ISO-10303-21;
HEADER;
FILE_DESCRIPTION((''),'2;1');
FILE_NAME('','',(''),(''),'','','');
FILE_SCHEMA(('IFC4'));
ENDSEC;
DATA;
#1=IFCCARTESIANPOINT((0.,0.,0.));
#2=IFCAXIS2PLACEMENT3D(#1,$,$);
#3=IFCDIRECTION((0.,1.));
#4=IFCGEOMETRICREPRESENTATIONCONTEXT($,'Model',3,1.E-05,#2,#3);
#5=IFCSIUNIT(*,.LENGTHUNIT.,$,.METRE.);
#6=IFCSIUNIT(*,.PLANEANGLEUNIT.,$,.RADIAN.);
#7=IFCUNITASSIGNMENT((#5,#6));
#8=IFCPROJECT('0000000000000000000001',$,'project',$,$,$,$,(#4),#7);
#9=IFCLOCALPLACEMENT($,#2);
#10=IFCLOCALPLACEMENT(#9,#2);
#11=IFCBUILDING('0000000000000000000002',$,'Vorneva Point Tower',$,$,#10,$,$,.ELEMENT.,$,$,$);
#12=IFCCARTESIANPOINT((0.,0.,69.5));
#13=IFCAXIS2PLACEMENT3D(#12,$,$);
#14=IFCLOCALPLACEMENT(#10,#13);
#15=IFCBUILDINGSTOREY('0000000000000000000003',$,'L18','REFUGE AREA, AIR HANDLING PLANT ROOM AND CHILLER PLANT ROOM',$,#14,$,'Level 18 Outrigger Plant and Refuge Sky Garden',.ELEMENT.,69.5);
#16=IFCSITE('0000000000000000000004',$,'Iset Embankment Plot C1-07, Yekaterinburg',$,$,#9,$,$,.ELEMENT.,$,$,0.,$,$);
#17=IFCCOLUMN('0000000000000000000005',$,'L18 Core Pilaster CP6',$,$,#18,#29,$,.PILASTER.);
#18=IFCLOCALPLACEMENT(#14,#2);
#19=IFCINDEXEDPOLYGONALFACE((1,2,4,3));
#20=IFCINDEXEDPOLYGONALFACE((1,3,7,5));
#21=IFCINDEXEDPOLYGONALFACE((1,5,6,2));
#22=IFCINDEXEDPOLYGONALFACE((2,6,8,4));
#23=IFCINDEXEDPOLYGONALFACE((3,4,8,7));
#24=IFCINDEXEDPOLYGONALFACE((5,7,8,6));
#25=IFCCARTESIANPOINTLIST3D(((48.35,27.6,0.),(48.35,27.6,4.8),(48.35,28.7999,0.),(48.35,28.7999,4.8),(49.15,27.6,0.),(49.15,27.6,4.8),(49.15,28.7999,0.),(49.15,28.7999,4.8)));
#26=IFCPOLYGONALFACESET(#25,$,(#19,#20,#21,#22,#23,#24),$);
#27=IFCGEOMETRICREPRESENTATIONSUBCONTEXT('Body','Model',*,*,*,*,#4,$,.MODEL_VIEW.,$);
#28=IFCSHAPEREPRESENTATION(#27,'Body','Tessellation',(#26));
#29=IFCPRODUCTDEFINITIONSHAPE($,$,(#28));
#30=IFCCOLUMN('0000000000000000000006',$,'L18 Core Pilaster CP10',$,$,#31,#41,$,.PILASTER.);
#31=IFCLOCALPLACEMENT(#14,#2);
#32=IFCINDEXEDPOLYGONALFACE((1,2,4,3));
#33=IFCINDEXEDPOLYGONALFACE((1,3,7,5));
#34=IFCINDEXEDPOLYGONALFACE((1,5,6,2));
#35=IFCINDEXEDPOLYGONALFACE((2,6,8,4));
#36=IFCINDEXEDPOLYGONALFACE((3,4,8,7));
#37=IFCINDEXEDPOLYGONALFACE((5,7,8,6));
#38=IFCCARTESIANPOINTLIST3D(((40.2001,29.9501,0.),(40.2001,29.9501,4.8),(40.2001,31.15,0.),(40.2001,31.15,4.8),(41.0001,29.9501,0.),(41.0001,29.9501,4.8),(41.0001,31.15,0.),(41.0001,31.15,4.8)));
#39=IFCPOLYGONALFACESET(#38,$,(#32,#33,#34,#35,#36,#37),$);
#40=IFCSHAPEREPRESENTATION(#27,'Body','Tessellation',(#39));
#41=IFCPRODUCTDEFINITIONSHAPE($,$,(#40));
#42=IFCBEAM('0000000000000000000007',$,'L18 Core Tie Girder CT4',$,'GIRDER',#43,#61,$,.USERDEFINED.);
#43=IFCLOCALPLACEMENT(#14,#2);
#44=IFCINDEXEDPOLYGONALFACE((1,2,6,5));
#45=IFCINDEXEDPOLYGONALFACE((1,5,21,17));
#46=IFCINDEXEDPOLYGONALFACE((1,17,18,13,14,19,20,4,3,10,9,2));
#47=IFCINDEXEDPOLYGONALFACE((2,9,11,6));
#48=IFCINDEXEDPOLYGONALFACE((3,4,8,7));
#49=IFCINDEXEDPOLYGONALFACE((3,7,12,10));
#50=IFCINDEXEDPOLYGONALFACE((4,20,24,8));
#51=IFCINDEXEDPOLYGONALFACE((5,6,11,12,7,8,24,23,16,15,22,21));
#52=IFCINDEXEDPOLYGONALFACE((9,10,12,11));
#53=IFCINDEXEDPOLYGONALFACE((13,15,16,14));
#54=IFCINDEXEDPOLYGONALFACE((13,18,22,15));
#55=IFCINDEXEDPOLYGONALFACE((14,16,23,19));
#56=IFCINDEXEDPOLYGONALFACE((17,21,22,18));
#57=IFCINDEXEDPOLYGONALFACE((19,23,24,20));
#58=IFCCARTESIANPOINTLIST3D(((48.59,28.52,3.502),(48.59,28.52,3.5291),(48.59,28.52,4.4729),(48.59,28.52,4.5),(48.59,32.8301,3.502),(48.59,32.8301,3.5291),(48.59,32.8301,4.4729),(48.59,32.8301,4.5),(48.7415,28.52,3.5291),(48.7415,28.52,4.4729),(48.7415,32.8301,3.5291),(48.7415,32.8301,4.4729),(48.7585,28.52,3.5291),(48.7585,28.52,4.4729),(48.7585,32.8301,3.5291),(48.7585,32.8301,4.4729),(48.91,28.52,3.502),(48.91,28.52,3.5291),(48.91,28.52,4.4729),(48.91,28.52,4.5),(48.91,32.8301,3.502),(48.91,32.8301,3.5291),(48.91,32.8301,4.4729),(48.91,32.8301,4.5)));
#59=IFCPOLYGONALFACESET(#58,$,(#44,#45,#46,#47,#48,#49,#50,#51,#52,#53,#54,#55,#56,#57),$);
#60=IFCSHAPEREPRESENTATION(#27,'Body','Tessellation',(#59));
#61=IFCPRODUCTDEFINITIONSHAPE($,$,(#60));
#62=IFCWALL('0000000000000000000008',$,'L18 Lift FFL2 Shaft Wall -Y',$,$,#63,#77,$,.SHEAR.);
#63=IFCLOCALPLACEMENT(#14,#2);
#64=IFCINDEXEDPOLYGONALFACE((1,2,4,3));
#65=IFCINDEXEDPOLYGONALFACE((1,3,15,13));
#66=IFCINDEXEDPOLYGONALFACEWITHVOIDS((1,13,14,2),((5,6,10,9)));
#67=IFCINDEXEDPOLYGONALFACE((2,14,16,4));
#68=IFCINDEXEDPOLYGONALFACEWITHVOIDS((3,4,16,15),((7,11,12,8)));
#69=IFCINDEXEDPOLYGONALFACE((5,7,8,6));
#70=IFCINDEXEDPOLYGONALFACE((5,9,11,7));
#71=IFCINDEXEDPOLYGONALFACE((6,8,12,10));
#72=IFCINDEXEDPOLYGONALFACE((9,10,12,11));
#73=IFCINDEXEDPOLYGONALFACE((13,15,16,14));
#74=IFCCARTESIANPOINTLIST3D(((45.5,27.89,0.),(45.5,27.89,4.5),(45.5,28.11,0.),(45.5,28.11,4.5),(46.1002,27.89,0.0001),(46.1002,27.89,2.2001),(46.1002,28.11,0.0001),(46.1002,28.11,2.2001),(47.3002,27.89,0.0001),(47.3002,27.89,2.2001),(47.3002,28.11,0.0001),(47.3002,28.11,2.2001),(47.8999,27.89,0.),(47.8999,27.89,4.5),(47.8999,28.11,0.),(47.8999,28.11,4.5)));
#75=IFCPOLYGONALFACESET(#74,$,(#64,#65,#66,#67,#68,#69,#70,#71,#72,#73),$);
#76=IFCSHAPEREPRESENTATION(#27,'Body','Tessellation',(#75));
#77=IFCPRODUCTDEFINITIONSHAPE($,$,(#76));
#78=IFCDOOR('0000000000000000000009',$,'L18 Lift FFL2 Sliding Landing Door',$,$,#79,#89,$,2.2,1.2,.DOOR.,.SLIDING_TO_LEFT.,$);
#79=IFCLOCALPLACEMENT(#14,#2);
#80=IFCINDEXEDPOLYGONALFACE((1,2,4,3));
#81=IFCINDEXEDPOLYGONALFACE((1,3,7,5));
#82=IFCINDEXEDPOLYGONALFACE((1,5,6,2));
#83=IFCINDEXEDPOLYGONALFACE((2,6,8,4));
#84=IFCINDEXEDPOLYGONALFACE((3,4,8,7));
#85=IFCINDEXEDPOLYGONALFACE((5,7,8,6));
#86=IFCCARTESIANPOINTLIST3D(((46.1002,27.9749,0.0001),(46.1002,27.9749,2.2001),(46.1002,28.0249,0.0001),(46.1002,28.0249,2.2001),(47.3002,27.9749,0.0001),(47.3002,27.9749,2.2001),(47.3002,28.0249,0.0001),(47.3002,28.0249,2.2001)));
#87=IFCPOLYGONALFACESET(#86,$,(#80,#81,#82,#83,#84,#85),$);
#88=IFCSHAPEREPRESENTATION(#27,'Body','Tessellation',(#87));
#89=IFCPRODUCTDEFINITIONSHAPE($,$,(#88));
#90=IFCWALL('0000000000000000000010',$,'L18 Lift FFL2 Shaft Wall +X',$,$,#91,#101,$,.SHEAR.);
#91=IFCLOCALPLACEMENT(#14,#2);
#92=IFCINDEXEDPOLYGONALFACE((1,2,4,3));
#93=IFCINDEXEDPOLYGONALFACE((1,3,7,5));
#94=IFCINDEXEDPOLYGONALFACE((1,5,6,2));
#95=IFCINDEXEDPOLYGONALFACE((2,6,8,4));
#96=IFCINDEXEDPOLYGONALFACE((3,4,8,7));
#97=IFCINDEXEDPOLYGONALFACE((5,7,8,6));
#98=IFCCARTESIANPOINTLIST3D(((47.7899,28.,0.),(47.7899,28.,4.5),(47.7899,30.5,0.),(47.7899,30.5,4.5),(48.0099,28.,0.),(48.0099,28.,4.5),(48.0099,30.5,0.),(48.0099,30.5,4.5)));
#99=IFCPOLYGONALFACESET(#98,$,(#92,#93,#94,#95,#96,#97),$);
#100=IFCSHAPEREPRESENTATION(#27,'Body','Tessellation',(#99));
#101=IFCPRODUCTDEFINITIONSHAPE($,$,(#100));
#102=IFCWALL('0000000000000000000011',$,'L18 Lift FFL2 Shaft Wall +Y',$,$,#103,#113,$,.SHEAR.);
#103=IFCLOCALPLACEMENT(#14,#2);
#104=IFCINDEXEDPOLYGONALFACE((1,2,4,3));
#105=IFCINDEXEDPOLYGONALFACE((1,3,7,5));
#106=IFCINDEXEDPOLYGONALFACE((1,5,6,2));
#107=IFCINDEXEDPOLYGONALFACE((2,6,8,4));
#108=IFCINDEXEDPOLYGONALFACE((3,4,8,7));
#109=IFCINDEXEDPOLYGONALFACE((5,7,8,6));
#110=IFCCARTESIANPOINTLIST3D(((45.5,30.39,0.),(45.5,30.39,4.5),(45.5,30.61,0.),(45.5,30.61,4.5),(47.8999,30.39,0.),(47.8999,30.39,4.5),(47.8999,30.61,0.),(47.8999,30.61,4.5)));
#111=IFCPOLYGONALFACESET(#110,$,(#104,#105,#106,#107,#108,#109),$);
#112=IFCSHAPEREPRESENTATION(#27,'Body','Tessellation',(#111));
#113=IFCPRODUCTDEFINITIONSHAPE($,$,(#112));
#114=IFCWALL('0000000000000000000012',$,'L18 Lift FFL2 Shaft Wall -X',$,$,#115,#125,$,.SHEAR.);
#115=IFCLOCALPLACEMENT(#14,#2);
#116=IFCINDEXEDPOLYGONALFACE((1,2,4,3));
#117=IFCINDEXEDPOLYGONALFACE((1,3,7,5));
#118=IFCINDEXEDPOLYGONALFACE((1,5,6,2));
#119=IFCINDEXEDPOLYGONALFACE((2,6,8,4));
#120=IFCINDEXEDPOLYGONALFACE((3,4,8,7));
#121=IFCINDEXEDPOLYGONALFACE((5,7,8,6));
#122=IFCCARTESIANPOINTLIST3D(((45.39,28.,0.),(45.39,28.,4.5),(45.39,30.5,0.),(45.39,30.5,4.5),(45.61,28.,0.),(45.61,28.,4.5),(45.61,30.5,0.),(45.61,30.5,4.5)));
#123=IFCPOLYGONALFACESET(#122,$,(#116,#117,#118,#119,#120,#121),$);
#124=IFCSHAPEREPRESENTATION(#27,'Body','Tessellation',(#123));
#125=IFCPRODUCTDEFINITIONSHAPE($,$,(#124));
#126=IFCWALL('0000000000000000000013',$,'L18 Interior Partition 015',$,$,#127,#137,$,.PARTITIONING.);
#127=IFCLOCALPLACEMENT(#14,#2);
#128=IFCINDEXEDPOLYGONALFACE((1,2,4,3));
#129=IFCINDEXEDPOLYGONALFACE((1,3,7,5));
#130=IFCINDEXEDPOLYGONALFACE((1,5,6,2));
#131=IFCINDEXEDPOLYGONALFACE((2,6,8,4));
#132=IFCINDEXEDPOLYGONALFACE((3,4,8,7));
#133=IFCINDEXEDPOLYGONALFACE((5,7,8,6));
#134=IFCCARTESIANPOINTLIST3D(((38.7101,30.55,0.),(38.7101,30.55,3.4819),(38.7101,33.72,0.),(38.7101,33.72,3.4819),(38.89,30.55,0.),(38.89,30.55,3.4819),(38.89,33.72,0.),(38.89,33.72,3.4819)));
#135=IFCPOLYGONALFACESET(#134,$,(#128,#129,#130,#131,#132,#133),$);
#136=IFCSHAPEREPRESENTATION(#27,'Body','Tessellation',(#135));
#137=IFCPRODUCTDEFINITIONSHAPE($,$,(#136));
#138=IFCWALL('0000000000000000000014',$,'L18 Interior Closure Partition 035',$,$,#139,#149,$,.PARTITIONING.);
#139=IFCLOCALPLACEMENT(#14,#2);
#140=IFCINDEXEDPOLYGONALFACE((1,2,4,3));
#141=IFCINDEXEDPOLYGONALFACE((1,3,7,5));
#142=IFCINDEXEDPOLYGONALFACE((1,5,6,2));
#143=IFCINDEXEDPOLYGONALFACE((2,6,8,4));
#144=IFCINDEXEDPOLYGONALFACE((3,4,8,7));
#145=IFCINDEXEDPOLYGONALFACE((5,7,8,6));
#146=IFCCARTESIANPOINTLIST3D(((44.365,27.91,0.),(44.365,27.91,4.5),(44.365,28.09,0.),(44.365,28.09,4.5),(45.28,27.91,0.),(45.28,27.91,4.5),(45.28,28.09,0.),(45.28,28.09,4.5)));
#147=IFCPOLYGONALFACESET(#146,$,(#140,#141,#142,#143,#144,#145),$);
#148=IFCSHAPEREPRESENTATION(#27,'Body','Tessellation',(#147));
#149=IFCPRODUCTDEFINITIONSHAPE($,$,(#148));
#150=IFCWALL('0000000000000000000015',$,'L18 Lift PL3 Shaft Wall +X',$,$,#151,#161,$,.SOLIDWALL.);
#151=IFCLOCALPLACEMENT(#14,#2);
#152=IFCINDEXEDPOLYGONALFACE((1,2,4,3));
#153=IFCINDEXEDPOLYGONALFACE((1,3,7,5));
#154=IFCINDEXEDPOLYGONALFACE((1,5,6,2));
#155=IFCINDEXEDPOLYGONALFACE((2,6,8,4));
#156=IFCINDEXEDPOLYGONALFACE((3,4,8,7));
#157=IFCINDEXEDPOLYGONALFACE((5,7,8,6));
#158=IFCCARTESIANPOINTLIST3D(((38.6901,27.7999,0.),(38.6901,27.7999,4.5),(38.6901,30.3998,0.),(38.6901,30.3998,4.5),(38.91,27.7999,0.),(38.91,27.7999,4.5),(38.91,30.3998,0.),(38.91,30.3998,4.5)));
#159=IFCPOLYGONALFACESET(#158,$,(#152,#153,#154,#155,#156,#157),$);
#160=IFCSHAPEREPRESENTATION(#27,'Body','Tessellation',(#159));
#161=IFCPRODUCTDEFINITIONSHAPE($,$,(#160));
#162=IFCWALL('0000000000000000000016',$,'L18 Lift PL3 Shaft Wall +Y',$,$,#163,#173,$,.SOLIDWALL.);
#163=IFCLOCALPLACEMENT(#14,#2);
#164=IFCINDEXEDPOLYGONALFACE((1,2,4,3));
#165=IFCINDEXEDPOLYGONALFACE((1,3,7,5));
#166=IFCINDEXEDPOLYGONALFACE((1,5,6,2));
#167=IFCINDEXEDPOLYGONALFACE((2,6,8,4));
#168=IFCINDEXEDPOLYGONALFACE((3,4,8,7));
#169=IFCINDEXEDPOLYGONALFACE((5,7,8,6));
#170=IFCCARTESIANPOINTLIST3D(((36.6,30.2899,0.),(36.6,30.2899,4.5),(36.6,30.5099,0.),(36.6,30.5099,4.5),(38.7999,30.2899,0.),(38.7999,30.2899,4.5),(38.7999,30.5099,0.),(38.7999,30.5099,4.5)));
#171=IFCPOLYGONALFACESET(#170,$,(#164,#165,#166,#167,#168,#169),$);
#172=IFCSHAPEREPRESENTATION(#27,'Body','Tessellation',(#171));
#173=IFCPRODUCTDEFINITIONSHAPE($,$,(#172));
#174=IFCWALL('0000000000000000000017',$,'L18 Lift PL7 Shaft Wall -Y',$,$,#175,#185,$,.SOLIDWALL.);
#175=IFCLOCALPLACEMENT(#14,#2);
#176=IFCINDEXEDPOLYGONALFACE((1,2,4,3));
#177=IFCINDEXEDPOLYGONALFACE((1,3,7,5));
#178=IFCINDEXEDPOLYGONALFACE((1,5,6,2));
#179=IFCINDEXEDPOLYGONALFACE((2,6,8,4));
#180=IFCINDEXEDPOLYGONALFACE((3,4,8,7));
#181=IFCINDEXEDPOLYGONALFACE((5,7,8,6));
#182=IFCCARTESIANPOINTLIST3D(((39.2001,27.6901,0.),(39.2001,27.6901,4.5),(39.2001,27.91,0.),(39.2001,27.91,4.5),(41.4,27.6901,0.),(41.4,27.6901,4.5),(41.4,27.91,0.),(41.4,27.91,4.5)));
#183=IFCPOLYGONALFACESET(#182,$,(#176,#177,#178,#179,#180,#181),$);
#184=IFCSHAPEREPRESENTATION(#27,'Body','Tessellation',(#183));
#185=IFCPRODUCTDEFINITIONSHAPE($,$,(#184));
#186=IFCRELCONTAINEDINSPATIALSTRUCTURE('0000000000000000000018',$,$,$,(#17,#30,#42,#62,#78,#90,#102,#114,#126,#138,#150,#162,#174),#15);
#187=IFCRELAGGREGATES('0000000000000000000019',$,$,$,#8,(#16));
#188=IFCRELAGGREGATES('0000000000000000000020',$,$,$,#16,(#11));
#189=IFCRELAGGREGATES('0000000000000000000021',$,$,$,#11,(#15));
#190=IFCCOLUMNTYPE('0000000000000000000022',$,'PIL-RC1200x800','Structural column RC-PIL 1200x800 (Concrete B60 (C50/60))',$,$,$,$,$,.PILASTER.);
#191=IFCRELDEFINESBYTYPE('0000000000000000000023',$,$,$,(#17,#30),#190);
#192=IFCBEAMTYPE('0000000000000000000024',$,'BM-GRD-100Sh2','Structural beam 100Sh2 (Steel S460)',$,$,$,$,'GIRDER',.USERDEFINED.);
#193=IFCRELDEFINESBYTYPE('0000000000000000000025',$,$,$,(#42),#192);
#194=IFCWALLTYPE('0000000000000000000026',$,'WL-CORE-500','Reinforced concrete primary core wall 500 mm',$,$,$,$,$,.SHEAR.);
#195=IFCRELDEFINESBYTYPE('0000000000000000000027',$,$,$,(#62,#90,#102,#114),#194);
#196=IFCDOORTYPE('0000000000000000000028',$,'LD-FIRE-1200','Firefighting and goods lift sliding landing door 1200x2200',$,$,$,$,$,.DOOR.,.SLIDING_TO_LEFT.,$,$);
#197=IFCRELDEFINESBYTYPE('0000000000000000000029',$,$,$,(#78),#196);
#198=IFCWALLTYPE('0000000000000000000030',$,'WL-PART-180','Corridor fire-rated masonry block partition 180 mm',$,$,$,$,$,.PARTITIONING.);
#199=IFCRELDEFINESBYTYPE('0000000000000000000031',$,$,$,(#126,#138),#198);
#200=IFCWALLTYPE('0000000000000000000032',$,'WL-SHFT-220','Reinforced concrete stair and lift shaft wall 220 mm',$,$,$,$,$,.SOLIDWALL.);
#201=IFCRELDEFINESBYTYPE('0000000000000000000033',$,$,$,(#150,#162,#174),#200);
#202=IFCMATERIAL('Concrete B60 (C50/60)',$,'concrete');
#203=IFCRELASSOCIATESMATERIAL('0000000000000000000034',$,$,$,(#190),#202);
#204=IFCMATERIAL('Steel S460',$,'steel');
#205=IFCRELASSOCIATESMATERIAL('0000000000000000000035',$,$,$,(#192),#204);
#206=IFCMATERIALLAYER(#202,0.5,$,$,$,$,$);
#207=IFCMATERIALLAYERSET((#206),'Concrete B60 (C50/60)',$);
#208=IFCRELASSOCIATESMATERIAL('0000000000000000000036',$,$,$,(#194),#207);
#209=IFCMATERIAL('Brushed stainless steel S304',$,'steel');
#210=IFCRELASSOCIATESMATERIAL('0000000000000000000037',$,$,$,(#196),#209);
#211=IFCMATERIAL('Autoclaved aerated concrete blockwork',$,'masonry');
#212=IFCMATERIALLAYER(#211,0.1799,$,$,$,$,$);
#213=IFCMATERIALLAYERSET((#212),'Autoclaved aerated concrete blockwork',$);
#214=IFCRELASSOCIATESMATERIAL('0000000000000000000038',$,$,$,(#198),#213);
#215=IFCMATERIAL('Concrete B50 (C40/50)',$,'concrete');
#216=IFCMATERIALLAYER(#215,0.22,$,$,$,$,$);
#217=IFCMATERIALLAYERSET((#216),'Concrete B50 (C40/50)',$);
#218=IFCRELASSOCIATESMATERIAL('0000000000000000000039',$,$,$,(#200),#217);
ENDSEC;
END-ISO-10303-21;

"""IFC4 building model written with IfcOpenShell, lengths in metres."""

from ifc_helpers import new_model, si_unit, direction, frame, frame_2d, origin, origin_2d, place, context, subcontext, project, spatial, rectangle, i_section, extrude, material, layer, layer_set, material_profile, profile_set, type_object, element, fill, save


model = new_model("IFC4")

# Units and contexts
model_context = context("Model", 3, precision=1e-05, world=origin(), true_north=direction((0.0, 1.0)))
body_context = subcontext(model_context, "Body", "Model", "MODEL_VIEW")
ifc_project = project(units=[si_unit("LENGTHUNIT", "METRE"), si_unit("PLANEANGLEUNIT", "RADIAN")], contexts=[model_context])

# Site, building, storey
site_placement = place(None, origin())
site = spatial("IfcSite", under=ifc_project, at=site_placement, Name="Iset Embankment Plot C1-07, Yekaterinburg", CompositionType="ELEMENT", RefElevation=0.0)
building_placement = place(site_placement, origin())
building = spatial("IfcBuilding", under=site, at=building_placement, Name="Vorneva Point Tower", CompositionType="ELEMENT")
storey_placement = place(building_placement, frame((0.0, 0.0, 69.5)))
storey = spatial("IfcBuildingStorey", under=building, at=storey_placement, Name="L18", Description="REFUGE AREA, AIR HANDLING PLANT ROOM AND CHILLER PLANT ROOM", LongName="Level 18 Outrigger Plant and Refuge Sky Garden", CompositionType="ELEMENT", Elevation=69.5)

# Columns
ifc_material_1 = material(Name="Concrete B60 (C50/60)", Category="concrete")
ifc_material_profile_1 = material_profile(ifc_material_1, rectangle(XDim=0.8, YDim=1.2, at=origin_2d()), Name="RC-PIL 1200x800")
ifc_profile_set_1 = profile_set([ifc_material_profile_1], Name="Concrete B60 (C50/60)")
column_type = type_object("IfcColumnType", Name="PIL-RC1200x800", Description="Structural column RC-PIL 1200x800 (Concrete B60 (C50/60))", PredefinedType="PILASTER", material=ifc_profile_set_1)
for number, where, z_axis, x_axis, name in (
    (1, (48.75, 28.2, 0.0), (0.0, 0.0, 1.0), (1.0, 0.0, 0.0), "L18 Core Pilaster CP6"),
    (2, (40.6001, 30.55, 0.0), (0.0, 0.0, 1.0), (1.0, 0.0, 0.0), "L18 Core Pilaster CP10"),
):
    element("IfcColumn", number, at=place(storey_placement, frame(where, z_axis=z_axis, x_axis=x_axis)), inside=storey, type_object=column_type, Name=name, PredefinedType="PILASTER", context=body_context, shape_type="SweptSolid", body=[
        extrude(rectangle(XDim=0.8, YDim=1.2, at=origin_2d()), origin(), (0.0, 0.0, 1.0), 4.8),
    ])

# Beam
ifc_material_2 = material(Name="Steel S460", Category="steel")
ifc_material_profile_2 = material_profile(ifc_material_2, i_section(OverallWidth=0.3201, OverallDepth=0.998, WebThickness=0.0171, FlangeThickness=0.0271, at=origin_2d()), Name="100Sh2")
ifc_profile_set_2 = profile_set([ifc_material_profile_2], Name="Steel S460")
beam_type = type_object("IfcBeamType", Name="BM-GRD-100Sh2", Description="Structural beam 100Sh2 (Steel S460)", ElementType="GIRDER", PredefinedType="USERDEFINED", material=ifc_profile_set_2)
beam_placement = place(storey_placement, frame((48.75, 28.52, 4.001), z_axis=(0.0, 1.0, 0.0), x_axis=(-1.0, 0.0, 0.0)))
element("IfcBeam", 3, at=beam_placement, inside=storey, type_object=beam_type, Name="L18 Core Tie Girder CT4", ObjectType="GIRDER", PredefinedType="USERDEFINED", context=body_context, shape_type="SweptSolid", body=[
    extrude(i_section(OverallWidth=0.3201, OverallDepth=0.998, WebThickness=0.0171, FlangeThickness=0.0271, at=origin_2d()), origin(), (0.0, 0.0, 1.0), 4.3101),
])

# Wall, opening, door
ifc_layer_1 = layer(ifc_material_1, 0.5)
ifc_layer_set_1 = layer_set([ifc_layer_1], Name="Concrete B60 (C50/60)")
wall_type_1 = type_object("IfcWallType", Name="WL-CORE-500", Description="Reinforced concrete primary core wall 500 mm", PredefinedType="SHEAR", material=ifc_layer_set_1)
wall_1_placement = place(storey_placement, frame((45.5, 28.0, 0.0), z_axis=(0.0, 0.0, 1.0), x_axis=(1.0, 0.0, 0.0)))
wall_1 = element("IfcWall", 4, at=wall_1_placement, inside=storey, type_object=wall_type_1, Name="L18 Lift FFL2 Shaft Wall -Y", PredefinedType="SHEAR", context=body_context, shape_type="SweptSolid", body=[
    extrude(rectangle(XDim=2.3999, YDim=0.22, at=frame_2d((1.2, 0.0))), origin(), (0.0, 0.0, 1.0), 4.5),
])
opening_1_placement = place(wall_1_placement, frame((0.6001, 0.0, 0.0)))
opening_1 = element("IfcOpeningElement", 5, at=opening_1_placement, cuts=wall_1, PredefinedType="OPENING", context=body_context, shape_type="SweptSolid", body=[
    extrude(rectangle(XDim=1.2, YDim=2.2, at=frame_2d((0.6001, 1.1001))), frame((0.0, 0.125, 0.0), z_axis=(0.0, -1.0, 0.0), x_axis=(1.0, 0.0, 0.0)), (0.0, 0.0, 1.0), 0.2498),
])
ifc_material_3 = material(Name="Brushed stainless steel S304", Category="steel")
door_type_1 = type_object("IfcDoorType", Name="LD-FIRE-1200", Description="Firefighting and goods lift sliding landing door 1200x2200", OperationType="SLIDING_TO_LEFT", PredefinedType="DOOR", material=ifc_material_3)
door_1_placement = place(opening_1_placement, origin())
door_1 = element("IfcDoor", 6, at=door_1_placement, inside=storey, type_object=door_type_1, Name="L18 Lift FFL2 Sliding Landing Door", OperationType="SLIDING_TO_LEFT", OverallHeight=2.2, OverallWidth=1.2, PredefinedType="DOOR", context=body_context, shape_type="SweptSolid", body=[
    extrude(rectangle(XDim=1.2, YDim=2.2, at=frame_2d((0.6001, 1.1001))), frame((0.0, 0.0249, 0.0), z_axis=(0.0, -1.0, 0.0), x_axis=(1.0, 0.0, 0.0)), (0.0, 0.0, 1.0), 0.05),
])
fill(opening_1, door_1)

# Walls
wall_2_placement = place(storey_placement, frame((47.8999, 28.0, 0.0), z_axis=(0.0, 0.0, 1.0), x_axis=(0.0, 1.0, 0.0)))
element("IfcWall", 7, at=wall_2_placement, inside=storey, type_object=wall_type_1, Name="L18 Lift FFL2 Shaft Wall +X", PredefinedType="SHEAR", context=body_context, shape_type="SweptSolid", body=[
    extrude(rectangle(XDim=2.5, YDim=0.22, at=frame_2d((1.25, 0.0))), origin(), (0.0, 0.0, 1.0), 4.5),
])
wall_3_placement = place(storey_placement, frame((47.8999, 30.5, 0.0), z_axis=(0.0, 0.0, 1.0), x_axis=(-1.0, 0.0, 0.0)))
element("IfcWall", 8, at=wall_3_placement, inside=storey, type_object=wall_type_1, Name="L18 Lift FFL2 Shaft Wall +Y", PredefinedType="SHEAR", context=body_context, shape_type="SweptSolid", body=[
    extrude(rectangle(XDim=2.3999, YDim=0.22, at=frame_2d((1.2, 0.0))), origin(), (0.0, 0.0, 1.0), 4.5),
])
wall_4_placement = place(storey_placement, frame((45.5, 30.5, 0.0), z_axis=(0.0, 0.0, 1.0), x_axis=(0.0, -1.0, 0.0)))
element("IfcWall", 9, at=wall_4_placement, inside=storey, type_object=wall_type_1, Name="L18 Lift FFL2 Shaft Wall -X", PredefinedType="SHEAR", context=body_context, shape_type="SweptSolid", body=[
    extrude(rectangle(XDim=2.5, YDim=0.22, at=frame_2d((1.25, 0.0))), origin(), (0.0, 0.0, 1.0), 4.5),
])

# Shared definitions
ifc_material_4 = material(Name="Autoclaved aerated concrete blockwork", Category="masonry")
ifc_layer_2 = layer(ifc_material_4, 0.1799)
ifc_layer_set_2 = layer_set([ifc_layer_2], Name="Autoclaved aerated concrete blockwork")
wall_type_2 = type_object("IfcWallType", Name="WL-PART-180", Description="Corridor fire-rated masonry block partition 180 mm", PredefinedType="PARTITIONING", material=ifc_layer_set_2)

# Walls
wall_5_placement = place(storey_placement, frame((38.8, 30.55, 0.0), z_axis=(0.0, 0.0, 1.0), x_axis=(0.0, 1.0, 0.0)))
element("IfcWall", 10, at=wall_5_placement, inside=storey, type_object=wall_type_2, Name="L18 Interior Partition 015", PredefinedType="PARTITIONING", context=body_context, shape_type="SweptSolid", body=[
    extrude(rectangle(XDim=3.1699, YDim=0.1799, at=frame_2d((1.585, 0.0))), origin(), (0.0, 0.0, 1.0), 3.4819),
])
wall_6_placement = place(storey_placement, frame((45.28, 28.0, 0.0), z_axis=(0.0, 0.0, 1.0), x_axis=(-1.0, 0.0, 0.0)))
element("IfcWall", 11, at=wall_6_placement, inside=storey, type_object=wall_type_2, Name="L18 Interior Closure Partition 035", PredefinedType="PARTITIONING", context=body_context, shape_type="SweptSolid", body=[
    extrude(rectangle(XDim=0.915, YDim=0.1799, at=frame_2d((0.4575, 0.0))), origin(), (0.0, 0.0, 1.0), 4.5),
])
ifc_material_5 = material(Name="Concrete B50 (C40/50)", Category="concrete")
ifc_layer_3 = layer(ifc_material_5, 0.22)
ifc_layer_set_3 = layer_set([ifc_layer_3], Name="Concrete B50 (C40/50)")
wall_type_3 = type_object("IfcWallType", Name="WL-SHFT-220", Description="Reinforced concrete stair and lift shaft wall 220 mm", PredefinedType="SOLIDWALL", material=ifc_layer_set_3)
wall_7_placement = place(storey_placement, frame((38.8, 27.8, 0.0), z_axis=(0.0, 0.0, 1.0), x_axis=(0.0, 1.0, 0.0)))
element("IfcWall", 12, at=wall_7_placement, inside=storey, type_object=wall_type_3, Name="L18 Lift PL3 Shaft Wall +X", PredefinedType="SOLIDWALL", context=body_context, shape_type="SweptSolid", body=[
    extrude(rectangle(XDim=2.5999, YDim=0.22, at=frame_2d((1.2998, 0.0))), origin(), (0.0, 0.0, 1.0), 4.5),
])
for number, where, z_axis, x_axis, name in (
    (13, (38.8, 30.3999, 0.0), (0.0, 0.0, 1.0), (-1.0, 0.0, 0.0), "L18 Lift PL3 Shaft Wall +Y"),
    (14, (39.2, 27.8, 0.0), (0.0, 0.0, 1.0), (1.0, 0.0, 0.0), "L18 Lift PL7 Shaft Wall -Y"),
):
    element("IfcWall", number, at=place(storey_placement, frame(where, z_axis=z_axis, x_axis=x_axis)), inside=storey, type_object=wall_type_3, Name=name, PredefinedType="SOLIDWALL", context=body_context, shape_type="SweptSolid", body=[
        extrude(rectangle(XDim=2.2, YDim=0.22, at=frame_2d((1.1001, 0.0))), origin(), (0.0, 0.0, 1.0), 4.5),
    ])

save(model, "model.ifc")
